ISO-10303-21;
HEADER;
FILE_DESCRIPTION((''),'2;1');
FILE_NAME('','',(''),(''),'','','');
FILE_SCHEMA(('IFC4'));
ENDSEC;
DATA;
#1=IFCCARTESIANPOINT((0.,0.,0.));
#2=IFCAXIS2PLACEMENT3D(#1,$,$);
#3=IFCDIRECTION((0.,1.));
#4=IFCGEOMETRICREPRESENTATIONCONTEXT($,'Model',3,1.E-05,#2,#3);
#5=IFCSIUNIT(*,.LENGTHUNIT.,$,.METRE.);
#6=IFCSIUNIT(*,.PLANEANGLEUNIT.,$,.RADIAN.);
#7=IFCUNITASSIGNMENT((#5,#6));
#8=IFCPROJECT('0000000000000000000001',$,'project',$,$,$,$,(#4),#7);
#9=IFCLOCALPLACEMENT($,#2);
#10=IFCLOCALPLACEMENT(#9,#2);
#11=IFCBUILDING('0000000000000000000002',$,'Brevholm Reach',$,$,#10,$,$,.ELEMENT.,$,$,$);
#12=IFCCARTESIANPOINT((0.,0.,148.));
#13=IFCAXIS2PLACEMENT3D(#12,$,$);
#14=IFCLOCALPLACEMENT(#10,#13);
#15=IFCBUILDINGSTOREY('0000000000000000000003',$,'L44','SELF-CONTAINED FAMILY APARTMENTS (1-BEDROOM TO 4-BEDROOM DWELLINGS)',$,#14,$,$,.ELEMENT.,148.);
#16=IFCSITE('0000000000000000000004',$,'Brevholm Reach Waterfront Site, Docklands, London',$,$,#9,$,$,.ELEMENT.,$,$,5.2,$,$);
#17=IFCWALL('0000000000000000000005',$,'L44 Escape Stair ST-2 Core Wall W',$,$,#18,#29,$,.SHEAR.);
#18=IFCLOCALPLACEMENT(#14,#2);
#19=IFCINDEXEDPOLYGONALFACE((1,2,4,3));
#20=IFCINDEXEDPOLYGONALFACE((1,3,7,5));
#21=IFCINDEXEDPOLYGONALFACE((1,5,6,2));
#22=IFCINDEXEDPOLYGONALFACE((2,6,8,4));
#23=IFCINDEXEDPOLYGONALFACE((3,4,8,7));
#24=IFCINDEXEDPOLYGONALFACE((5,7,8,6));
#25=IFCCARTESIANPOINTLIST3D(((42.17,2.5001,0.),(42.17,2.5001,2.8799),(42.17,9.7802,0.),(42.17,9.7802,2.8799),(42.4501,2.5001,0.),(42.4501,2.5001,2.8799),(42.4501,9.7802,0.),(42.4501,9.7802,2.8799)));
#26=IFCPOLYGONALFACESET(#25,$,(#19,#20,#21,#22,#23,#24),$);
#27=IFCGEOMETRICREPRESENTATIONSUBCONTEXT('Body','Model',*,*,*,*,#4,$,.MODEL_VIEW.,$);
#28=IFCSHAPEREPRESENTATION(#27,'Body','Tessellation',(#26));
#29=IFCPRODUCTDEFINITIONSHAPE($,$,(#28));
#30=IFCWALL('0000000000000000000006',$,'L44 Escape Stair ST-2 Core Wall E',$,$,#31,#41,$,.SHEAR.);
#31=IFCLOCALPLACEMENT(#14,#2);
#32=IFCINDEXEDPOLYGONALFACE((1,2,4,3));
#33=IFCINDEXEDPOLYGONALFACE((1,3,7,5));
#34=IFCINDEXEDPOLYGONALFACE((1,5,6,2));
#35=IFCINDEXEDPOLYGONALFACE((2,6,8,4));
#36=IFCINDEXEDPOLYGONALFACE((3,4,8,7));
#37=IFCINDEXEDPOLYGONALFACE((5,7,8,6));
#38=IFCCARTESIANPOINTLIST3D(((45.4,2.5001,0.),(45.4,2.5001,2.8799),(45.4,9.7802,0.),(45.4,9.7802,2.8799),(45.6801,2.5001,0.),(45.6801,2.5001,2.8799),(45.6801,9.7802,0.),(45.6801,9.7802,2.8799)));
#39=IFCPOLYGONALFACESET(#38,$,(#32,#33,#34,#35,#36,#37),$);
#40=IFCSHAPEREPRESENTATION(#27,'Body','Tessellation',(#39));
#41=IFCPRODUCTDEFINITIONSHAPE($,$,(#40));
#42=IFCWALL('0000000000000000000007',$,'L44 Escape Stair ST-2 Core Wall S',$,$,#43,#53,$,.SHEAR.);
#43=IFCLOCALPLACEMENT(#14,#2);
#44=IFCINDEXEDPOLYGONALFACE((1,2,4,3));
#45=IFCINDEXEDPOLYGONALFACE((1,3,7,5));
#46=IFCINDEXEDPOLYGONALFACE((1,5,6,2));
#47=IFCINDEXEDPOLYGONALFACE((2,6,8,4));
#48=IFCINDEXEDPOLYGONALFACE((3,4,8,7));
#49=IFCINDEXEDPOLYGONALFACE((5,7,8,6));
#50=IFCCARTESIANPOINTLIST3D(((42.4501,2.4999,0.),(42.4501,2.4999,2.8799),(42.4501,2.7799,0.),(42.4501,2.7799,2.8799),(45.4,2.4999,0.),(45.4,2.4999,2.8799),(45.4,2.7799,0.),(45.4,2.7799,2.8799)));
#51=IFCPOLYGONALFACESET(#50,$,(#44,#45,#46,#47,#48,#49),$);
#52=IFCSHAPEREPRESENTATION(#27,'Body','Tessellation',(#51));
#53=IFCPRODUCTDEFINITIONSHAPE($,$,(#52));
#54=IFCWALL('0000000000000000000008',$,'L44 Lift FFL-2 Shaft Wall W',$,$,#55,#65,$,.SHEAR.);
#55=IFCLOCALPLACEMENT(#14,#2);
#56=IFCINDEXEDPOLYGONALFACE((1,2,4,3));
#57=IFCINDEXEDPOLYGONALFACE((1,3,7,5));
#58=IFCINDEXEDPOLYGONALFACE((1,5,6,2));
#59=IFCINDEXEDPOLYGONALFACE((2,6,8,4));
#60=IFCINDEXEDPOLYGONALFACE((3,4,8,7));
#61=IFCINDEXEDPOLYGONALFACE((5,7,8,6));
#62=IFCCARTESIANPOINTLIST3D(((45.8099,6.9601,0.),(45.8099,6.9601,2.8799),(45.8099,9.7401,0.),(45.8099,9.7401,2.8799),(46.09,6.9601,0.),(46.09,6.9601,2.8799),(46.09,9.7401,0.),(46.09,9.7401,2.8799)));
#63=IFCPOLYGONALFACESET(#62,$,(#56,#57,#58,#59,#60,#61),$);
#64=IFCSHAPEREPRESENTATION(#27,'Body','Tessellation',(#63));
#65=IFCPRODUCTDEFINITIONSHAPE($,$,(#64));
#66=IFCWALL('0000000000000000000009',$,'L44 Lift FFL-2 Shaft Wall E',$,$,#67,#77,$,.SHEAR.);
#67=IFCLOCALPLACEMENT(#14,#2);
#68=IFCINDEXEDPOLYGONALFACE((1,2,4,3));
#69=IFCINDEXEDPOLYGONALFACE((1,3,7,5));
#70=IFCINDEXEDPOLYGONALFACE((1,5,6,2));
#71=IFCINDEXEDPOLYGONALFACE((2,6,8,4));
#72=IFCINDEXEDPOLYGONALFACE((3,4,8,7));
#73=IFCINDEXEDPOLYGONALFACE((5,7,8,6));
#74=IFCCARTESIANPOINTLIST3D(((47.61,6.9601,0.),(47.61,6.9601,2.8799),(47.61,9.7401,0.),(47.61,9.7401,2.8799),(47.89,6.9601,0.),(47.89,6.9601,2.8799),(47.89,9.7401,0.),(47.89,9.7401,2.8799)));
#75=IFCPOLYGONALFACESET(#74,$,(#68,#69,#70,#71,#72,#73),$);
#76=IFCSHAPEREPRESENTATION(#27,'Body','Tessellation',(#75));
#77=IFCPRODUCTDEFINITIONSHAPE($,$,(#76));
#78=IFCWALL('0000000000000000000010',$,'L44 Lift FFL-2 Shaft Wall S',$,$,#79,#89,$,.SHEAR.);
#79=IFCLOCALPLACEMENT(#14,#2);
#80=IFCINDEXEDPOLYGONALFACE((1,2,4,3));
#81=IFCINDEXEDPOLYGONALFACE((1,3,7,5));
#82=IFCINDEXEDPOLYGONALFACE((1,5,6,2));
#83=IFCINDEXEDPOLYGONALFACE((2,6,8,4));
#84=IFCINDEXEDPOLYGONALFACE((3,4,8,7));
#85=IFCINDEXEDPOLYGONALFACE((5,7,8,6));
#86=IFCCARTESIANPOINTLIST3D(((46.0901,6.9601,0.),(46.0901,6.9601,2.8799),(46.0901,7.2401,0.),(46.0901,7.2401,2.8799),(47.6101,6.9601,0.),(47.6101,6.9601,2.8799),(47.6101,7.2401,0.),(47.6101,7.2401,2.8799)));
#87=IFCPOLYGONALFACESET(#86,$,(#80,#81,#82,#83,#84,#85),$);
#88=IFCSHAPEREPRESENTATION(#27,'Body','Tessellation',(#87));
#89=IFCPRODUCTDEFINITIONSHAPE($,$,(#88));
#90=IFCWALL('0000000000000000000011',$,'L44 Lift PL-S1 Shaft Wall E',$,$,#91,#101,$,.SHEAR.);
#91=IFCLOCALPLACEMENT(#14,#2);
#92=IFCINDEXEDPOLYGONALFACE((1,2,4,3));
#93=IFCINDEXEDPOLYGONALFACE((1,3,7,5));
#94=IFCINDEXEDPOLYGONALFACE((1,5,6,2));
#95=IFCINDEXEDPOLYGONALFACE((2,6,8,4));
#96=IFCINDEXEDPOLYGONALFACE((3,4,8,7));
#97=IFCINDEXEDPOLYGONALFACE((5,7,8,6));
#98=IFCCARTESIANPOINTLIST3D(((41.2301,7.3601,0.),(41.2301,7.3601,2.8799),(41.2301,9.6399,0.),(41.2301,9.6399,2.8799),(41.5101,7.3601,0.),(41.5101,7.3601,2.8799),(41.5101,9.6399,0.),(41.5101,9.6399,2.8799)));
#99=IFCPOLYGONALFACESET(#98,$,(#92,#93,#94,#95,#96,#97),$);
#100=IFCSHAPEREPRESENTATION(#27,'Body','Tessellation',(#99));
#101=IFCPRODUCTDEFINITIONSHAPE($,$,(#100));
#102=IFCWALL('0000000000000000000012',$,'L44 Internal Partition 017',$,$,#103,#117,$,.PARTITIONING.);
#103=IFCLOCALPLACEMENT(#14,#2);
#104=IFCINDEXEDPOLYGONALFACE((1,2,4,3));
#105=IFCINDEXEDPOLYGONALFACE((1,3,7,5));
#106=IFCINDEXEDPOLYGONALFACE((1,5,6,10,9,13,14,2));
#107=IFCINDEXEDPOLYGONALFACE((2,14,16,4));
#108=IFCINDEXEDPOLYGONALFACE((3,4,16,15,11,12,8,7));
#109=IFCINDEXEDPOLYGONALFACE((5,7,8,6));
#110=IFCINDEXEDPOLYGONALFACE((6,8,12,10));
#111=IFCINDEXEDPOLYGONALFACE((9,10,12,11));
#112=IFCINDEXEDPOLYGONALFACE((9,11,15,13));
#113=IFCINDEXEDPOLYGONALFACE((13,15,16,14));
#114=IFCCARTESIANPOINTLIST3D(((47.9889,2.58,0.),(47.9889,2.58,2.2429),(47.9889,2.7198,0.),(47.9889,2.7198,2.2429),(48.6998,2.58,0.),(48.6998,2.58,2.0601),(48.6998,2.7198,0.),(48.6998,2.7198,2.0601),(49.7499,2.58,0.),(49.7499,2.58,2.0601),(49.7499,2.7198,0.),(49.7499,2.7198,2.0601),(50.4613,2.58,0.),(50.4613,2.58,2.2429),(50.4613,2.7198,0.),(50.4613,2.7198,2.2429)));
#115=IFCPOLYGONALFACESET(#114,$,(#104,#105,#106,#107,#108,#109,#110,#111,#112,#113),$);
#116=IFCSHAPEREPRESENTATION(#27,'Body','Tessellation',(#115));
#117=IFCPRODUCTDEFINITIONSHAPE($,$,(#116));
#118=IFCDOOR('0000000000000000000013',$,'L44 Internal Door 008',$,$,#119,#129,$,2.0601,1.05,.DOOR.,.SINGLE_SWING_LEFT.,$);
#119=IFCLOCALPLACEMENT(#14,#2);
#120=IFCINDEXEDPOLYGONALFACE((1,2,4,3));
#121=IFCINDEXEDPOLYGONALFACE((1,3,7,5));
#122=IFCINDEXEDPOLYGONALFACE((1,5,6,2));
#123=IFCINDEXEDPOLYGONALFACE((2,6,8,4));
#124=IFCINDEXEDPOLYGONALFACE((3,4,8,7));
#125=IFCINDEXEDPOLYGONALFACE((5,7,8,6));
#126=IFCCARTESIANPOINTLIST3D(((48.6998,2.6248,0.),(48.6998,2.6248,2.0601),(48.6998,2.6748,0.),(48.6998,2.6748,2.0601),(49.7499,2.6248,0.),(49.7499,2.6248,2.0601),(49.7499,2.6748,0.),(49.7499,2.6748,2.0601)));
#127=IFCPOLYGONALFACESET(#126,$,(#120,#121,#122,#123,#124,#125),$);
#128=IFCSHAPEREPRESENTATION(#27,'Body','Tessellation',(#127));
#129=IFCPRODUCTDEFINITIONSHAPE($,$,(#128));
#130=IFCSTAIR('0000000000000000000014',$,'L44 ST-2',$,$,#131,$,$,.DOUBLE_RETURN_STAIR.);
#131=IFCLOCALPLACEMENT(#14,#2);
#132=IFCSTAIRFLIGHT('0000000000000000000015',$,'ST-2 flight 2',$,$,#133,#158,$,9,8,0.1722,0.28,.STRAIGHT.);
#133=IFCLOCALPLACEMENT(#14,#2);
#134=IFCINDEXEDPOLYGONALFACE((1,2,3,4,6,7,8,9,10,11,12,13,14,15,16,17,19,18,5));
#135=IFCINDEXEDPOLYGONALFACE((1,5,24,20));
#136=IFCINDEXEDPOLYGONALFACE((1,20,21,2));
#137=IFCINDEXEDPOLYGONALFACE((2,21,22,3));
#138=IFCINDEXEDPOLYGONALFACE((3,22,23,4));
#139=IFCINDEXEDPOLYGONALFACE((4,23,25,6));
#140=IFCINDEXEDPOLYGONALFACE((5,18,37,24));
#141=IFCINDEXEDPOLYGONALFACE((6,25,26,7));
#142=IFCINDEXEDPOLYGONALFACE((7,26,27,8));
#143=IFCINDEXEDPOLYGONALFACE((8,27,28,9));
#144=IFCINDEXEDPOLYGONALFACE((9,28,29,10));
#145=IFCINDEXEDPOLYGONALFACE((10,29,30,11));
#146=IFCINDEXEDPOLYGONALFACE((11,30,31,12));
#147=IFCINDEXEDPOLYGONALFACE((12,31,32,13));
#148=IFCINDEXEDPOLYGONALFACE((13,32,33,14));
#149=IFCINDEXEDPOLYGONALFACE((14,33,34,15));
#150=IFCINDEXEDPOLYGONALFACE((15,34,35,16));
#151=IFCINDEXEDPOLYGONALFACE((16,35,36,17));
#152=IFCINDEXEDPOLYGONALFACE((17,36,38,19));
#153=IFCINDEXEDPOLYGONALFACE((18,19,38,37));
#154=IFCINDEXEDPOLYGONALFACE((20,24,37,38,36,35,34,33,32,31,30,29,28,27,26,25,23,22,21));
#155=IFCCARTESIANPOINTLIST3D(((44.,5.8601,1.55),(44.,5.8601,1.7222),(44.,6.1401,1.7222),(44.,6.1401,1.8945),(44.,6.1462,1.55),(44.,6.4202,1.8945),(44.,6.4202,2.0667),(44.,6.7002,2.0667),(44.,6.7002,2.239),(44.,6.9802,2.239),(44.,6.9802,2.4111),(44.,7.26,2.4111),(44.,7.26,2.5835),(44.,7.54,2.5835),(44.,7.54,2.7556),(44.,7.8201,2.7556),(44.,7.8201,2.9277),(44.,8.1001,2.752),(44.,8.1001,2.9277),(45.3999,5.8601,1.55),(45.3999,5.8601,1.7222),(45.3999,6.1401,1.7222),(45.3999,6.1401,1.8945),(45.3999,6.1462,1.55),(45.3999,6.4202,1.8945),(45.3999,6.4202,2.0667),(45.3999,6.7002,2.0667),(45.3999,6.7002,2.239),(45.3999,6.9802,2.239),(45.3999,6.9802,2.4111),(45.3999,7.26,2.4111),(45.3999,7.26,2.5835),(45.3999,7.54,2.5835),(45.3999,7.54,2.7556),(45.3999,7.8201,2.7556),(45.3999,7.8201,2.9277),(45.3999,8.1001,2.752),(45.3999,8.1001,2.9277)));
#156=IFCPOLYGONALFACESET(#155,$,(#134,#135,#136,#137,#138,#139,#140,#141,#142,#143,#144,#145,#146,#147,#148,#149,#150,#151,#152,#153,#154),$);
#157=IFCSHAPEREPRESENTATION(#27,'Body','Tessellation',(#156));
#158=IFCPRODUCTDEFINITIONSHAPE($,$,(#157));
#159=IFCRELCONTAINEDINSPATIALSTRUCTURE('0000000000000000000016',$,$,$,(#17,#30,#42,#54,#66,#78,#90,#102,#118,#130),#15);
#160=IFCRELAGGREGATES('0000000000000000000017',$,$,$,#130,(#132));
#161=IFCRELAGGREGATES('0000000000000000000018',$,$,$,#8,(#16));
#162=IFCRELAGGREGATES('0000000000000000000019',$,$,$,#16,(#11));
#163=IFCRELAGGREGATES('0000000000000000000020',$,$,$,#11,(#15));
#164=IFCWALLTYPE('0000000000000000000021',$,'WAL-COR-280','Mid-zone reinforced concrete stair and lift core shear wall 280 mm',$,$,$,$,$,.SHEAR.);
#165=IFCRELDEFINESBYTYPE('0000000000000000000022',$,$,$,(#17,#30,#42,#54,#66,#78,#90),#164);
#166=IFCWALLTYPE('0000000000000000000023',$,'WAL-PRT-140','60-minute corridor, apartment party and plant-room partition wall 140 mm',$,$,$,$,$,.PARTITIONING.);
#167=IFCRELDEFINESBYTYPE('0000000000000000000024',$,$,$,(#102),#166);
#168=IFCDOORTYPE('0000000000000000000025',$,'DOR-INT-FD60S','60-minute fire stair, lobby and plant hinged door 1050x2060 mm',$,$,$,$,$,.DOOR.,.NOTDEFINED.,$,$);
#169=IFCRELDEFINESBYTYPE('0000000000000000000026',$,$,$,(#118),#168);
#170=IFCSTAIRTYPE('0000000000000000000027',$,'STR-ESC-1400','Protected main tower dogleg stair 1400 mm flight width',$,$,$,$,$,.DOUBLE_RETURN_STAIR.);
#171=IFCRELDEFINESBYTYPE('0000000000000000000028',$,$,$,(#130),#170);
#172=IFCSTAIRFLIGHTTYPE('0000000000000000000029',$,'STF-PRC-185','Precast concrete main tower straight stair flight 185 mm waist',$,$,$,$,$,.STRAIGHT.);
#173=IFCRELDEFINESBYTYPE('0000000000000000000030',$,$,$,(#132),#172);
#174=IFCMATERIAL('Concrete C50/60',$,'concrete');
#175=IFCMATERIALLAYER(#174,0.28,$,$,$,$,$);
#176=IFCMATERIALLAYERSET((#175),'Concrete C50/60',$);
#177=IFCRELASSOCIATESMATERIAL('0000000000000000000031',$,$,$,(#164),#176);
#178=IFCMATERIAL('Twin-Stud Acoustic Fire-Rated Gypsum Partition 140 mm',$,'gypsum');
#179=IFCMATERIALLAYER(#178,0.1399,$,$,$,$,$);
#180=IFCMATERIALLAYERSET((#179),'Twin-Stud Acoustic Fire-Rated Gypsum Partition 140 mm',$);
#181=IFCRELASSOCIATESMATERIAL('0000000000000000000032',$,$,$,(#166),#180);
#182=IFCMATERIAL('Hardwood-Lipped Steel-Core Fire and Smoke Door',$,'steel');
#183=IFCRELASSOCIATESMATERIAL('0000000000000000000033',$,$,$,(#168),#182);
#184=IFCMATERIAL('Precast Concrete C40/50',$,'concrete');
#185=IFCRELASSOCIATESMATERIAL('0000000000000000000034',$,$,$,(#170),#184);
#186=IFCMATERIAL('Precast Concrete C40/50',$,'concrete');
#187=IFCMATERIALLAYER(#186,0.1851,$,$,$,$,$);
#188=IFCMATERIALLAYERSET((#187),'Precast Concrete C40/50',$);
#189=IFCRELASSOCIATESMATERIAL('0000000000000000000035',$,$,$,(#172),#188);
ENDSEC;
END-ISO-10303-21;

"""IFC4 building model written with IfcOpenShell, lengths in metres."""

from ifc_helpers import new_model, si_unit, direction, frame, frame_2d, origin, place, context, subcontext, project, spatial, polyline, rectangle, outline, extrude, material, layer, layer_set, type_object, element, fill, aggregate, save


model = new_model("IFC4")

# Units and contexts
model_context = context("Model", 3, precision=1e-05, world=origin(), true_north=direction((0.0, 1.0)))
body_context = subcontext(model_context, "Body", "Model", "MODEL_VIEW")
ifc_project = project(units=[si_unit("LENGTHUNIT", "METRE"), si_unit("PLANEANGLEUNIT", "RADIAN")], contexts=[model_context])

# Site, building, storey
site_placement = place(None, origin())
site = spatial("IfcSite", under=ifc_project, at=site_placement, Name="Brevholm Reach Waterfront Site, Docklands, London", CompositionType="ELEMENT", RefElevation=5.2)
building_placement = place(site_placement, origin())
building = spatial("IfcBuilding", under=site, at=building_placement, Name="Brevholm Reach", CompositionType="ELEMENT")
storey_placement = place(building_placement, frame((0.0, 0.0, 148.0)))
storey = spatial("IfcBuildingStorey", under=building, at=storey_placement, Name="L44", Description="SELF-CONTAINED FAMILY APARTMENTS (1-BEDROOM TO 4-BEDROOM DWELLINGS)", CompositionType="ELEMENT", Elevation=148.0)

# Walls
ifc_material_1 = material(Name="Concrete C50/60", Category="concrete")
ifc_layer_1 = layer(ifc_material_1, 0.28)
ifc_layer_set_1 = layer_set([ifc_layer_1], Name="Concrete C50/60")
wall_type_1 = type_object("IfcWallType", Name="WAL-COR-280", Description="Mid-zone reinforced concrete stair and lift core shear wall 280 mm", PredefinedType="SHEAR", material=ifc_layer_set_1)
for number, where, z_axis, x_axis, name in (
    (1, (42.3101, 2.5, 0.0), (0.0, 0.0, 1.0), (0.0, 1.0, 0.0), "L44 Escape Stair ST-2 Core Wall W"),
    (2, (45.54, 2.5, 0.0), (0.0, 0.0, 1.0), (0.0, 1.0, 0.0), "L44 Escape Stair ST-2 Core Wall E"),
):
    element("IfcWall", number, at=place(storey_placement, frame(where, z_axis=z_axis, x_axis=x_axis)), inside=storey, type_object=wall_type_1, Name=name, PredefinedType="SHEAR", context=body_context, shape_type="SweptSolid", body=[
        extrude(rectangle(XDim=7.28, YDim=0.28, at=frame_2d((3.6401, 0.0))), origin(), (0.0, 0.0, 1.0), 2.8799),
    ])
wall_1_placement = place(storey_placement, frame((42.45, 2.6399, 0.0), z_axis=(0.0, 0.0, 1.0), x_axis=(1.0, 0.0, 0.0)))
element("IfcWall", 3, at=wall_1_placement, inside=storey, type_object=wall_type_1, Name="L44 Escape Stair ST-2 Core Wall S", PredefinedType="SHEAR", context=body_context, shape_type="SweptSolid", body=[
    extrude(rectangle(XDim=2.95, YDim=0.28, at=frame_2d((1.4751, 0.0))), origin(), (0.0, 0.0, 1.0), 2.8799),
])
for number, where, z_axis, x_axis, name in (
    (4, (45.95, 6.96, 0.0), (0.0, 0.0, 1.0), (0.0, 1.0, 0.0), "L44 Lift FFL-2 Shaft Wall W"),
    (5, (47.75, 6.96, 0.0), (0.0, 0.0, 1.0), (0.0, 1.0, 0.0), "L44 Lift FFL-2 Shaft Wall E"),
):
    element("IfcWall", number, at=place(storey_placement, frame(where, z_axis=z_axis, x_axis=x_axis)), inside=storey, type_object=wall_type_1, Name=name, PredefinedType="SHEAR", context=body_context, shape_type="SweptSolid", body=[
        extrude(rectangle(XDim=2.78, YDim=0.28, at=frame_2d((1.3901, 0.0))), origin(), (0.0, 0.0, 1.0), 2.8799),
    ])
wall_2_placement = place(storey_placement, frame((46.0901, 7.1001, 0.0), z_axis=(0.0, 0.0, 1.0), x_axis=(1.0, 0.0, 0.0)))
element("IfcWall", 6, at=wall_2_placement, inside=storey, type_object=wall_type_1, Name="L44 Lift FFL-2 Shaft Wall S", PredefinedType="SHEAR", context=body_context, shape_type="SweptSolid", body=[
    extrude(rectangle(XDim=1.52, YDim=0.28, at=frame_2d((0.76, 0.0))), origin(), (0.0, 0.0, 1.0), 2.8799),
])
wall_3_placement = place(storey_placement, frame((41.3701, 7.3601, 0.0), z_axis=(0.0, 0.0, 1.0), x_axis=(0.0, 1.0, 0.0)))
element("IfcWall", 7, at=wall_3_placement, inside=storey, type_object=wall_type_1, Name="L44 Lift PL-S1 Shaft Wall E", PredefinedType="SHEAR", context=body_context, shape_type="SweptSolid", body=[
    extrude(rectangle(XDim=2.2798, YDim=0.28, at=frame_2d((1.1399, 0.0))), origin(), (0.0, 0.0, 1.0), 2.8799),
])

# Wall, opening, door
ifc_material_2 = material(Name="Twin-Stud Acoustic Fire-Rated Gypsum Partition 140 mm", Category="gypsum")
ifc_layer_2 = layer(ifc_material_2, 0.1399)
ifc_layer_set_2 = layer_set([ifc_layer_2], Name="Twin-Stud Acoustic Fire-Rated Gypsum Partition 140 mm")
wall_type_2 = type_object("IfcWallType", Name="WAL-PRT-140", Description="60-minute corridor, apartment party and plant-room partition wall 140 mm", PredefinedType="PARTITIONING", material=ifc_layer_set_2)
wall_4_placement = place(storey_placement, frame((47.9888, 2.6499, 0.0), z_axis=(0.0, 0.0, 1.0), x_axis=(1.0, 0.0, 0.0)))
wall_4 = element("IfcWall", 8, at=wall_4_placement, inside=storey, type_object=wall_type_2, Name="L44 Internal Partition 017", PredefinedType="PARTITIONING", context=body_context, shape_type="SweptSolid", body=[
    extrude(rectangle(XDim=2.4724, YDim=0.1399, at=frame_2d((1.2363, 0.0))), origin(), (0.0, 0.0, 1.0), 2.2429),
])
opening_placement = place(wall_4_placement, frame((0.7112, 0.0, 0.0)))
opening = element("IfcOpeningElement", 9, at=opening_placement, cuts=wall_4, PredefinedType="OPENING", context=body_context, shape_type="SweptSolid", body=[
    extrude(rectangle(XDim=1.05, YDim=2.0601, at=frame_2d((0.5249, 1.03))), frame((0.0, 0.0798, 0.0), z_axis=(0.0, -1.0, 0.0), x_axis=(1.0, 0.0, 0.0)), (0.0, 0.0, 1.0), 0.1599),
])
ifc_material_3 = material(Name="Hardwood-Lipped Steel-Core Fire and Smoke Door", Category="steel")
door_type = type_object("IfcDoorType", Name="DOR-INT-FD60S", Description="60-minute fire stair, lobby and plant hinged door 1050x2060 mm", OperationType="NOTDEFINED", PredefinedType="DOOR", material=ifc_material_3)
door_placement = place(opening_placement, origin())
door = element("IfcDoor", 10, at=door_placement, inside=storey, type_object=door_type, Name="L44 Internal Door 008", OperationType="SINGLE_SWING_LEFT", OverallHeight=2.0601, OverallWidth=1.05, PredefinedType="DOOR", context=body_context, shape_type="SweptSolid", body=[
    extrude(rectangle(XDim=1.05, YDim=2.0601, at=frame_2d((0.5249, 1.03))), frame((0.0, 0.0249, 0.0), z_axis=(0.0, -1.0, 0.0), x_axis=(1.0, 0.0, 0.0)), (0.0, 0.0, 1.0), 0.05),
])
fill(opening, door)

# Stair, stair flight
ifc_material_4 = material(Name="Precast Concrete C40/50", Category="concrete")
stair_type = type_object("IfcStairType", Name="STR-ESC-1400", Description="Protected main tower dogleg stair 1400 mm flight width", PredefinedType="DOUBLE_RETURN_STAIR", material=ifc_material_4)
stair_placement = place(storey_placement, origin())
stair = element("IfcStair", 11, at=stair_placement, inside=storey, type_object=stair_type, Name="L44 ST-2", PredefinedType="DOUBLE_RETURN_STAIR")
ifc_material_5 = material(Name="Precast Concrete C40/50", Category="concrete")
ifc_layer_3 = layer(ifc_material_5, 0.1851)
ifc_layer_set_3 = layer_set([ifc_layer_3], Name="Precast Concrete C40/50")
stair_flight_type = type_object("IfcStairFlightType", Name="STF-PRC-185", Description="Precast concrete main tower straight stair flight 185 mm waist", PredefinedType="STRAIGHT", material=ifc_layer_set_3)
stair_flight_placement = place(storey_placement, frame((44.7, 5.8601, 1.55), z_axis=(0.0, 0.0, 1.0), x_axis=(0.0, 1.0, 0.0)))
stair_flight = element("IfcStairFlight", 12, at=stair_flight_placement, type_object=stair_flight_type, Name="ST-2 flight 2", NumberOfRisers=9, NumberOfTreads=8, PredefinedType="STRAIGHT", RiserHeight=0.1722, TreadLength=0.28, context=body_context, shape_type="SweptSolid", body=[
    extrude(outline(polyline([(0.0, 0.0), (0.0, 0.1721), (0.28, 0.1721), (0.28, 0.3445), (0.5601, 0.3445), (0.5601, 0.5166), (0.8401, 0.5166), (0.8401, 0.689), (1.1201, 0.689), (1.1201, 0.8611), (1.3999, 0.8611), (1.3999, 1.0334), (1.6799, 1.0334), (1.6799, 1.2056), (1.96, 1.2056), (1.96, 1.3777), (2.24, 1.3777), (2.24, 1.55), (2.24, 1.2019), (0.2861, 0.0), (0.0, 0.0)])), frame((0.0, 0.7, 0.0), z_axis=(0.0, -1.0, 0.0), x_axis=(1.0, 0.0, 0.0)), (0.0, 0.0, 1.0), 1.3999),
])
aggregate(stair, [stair_flight])

save(model, "model.ifc")
